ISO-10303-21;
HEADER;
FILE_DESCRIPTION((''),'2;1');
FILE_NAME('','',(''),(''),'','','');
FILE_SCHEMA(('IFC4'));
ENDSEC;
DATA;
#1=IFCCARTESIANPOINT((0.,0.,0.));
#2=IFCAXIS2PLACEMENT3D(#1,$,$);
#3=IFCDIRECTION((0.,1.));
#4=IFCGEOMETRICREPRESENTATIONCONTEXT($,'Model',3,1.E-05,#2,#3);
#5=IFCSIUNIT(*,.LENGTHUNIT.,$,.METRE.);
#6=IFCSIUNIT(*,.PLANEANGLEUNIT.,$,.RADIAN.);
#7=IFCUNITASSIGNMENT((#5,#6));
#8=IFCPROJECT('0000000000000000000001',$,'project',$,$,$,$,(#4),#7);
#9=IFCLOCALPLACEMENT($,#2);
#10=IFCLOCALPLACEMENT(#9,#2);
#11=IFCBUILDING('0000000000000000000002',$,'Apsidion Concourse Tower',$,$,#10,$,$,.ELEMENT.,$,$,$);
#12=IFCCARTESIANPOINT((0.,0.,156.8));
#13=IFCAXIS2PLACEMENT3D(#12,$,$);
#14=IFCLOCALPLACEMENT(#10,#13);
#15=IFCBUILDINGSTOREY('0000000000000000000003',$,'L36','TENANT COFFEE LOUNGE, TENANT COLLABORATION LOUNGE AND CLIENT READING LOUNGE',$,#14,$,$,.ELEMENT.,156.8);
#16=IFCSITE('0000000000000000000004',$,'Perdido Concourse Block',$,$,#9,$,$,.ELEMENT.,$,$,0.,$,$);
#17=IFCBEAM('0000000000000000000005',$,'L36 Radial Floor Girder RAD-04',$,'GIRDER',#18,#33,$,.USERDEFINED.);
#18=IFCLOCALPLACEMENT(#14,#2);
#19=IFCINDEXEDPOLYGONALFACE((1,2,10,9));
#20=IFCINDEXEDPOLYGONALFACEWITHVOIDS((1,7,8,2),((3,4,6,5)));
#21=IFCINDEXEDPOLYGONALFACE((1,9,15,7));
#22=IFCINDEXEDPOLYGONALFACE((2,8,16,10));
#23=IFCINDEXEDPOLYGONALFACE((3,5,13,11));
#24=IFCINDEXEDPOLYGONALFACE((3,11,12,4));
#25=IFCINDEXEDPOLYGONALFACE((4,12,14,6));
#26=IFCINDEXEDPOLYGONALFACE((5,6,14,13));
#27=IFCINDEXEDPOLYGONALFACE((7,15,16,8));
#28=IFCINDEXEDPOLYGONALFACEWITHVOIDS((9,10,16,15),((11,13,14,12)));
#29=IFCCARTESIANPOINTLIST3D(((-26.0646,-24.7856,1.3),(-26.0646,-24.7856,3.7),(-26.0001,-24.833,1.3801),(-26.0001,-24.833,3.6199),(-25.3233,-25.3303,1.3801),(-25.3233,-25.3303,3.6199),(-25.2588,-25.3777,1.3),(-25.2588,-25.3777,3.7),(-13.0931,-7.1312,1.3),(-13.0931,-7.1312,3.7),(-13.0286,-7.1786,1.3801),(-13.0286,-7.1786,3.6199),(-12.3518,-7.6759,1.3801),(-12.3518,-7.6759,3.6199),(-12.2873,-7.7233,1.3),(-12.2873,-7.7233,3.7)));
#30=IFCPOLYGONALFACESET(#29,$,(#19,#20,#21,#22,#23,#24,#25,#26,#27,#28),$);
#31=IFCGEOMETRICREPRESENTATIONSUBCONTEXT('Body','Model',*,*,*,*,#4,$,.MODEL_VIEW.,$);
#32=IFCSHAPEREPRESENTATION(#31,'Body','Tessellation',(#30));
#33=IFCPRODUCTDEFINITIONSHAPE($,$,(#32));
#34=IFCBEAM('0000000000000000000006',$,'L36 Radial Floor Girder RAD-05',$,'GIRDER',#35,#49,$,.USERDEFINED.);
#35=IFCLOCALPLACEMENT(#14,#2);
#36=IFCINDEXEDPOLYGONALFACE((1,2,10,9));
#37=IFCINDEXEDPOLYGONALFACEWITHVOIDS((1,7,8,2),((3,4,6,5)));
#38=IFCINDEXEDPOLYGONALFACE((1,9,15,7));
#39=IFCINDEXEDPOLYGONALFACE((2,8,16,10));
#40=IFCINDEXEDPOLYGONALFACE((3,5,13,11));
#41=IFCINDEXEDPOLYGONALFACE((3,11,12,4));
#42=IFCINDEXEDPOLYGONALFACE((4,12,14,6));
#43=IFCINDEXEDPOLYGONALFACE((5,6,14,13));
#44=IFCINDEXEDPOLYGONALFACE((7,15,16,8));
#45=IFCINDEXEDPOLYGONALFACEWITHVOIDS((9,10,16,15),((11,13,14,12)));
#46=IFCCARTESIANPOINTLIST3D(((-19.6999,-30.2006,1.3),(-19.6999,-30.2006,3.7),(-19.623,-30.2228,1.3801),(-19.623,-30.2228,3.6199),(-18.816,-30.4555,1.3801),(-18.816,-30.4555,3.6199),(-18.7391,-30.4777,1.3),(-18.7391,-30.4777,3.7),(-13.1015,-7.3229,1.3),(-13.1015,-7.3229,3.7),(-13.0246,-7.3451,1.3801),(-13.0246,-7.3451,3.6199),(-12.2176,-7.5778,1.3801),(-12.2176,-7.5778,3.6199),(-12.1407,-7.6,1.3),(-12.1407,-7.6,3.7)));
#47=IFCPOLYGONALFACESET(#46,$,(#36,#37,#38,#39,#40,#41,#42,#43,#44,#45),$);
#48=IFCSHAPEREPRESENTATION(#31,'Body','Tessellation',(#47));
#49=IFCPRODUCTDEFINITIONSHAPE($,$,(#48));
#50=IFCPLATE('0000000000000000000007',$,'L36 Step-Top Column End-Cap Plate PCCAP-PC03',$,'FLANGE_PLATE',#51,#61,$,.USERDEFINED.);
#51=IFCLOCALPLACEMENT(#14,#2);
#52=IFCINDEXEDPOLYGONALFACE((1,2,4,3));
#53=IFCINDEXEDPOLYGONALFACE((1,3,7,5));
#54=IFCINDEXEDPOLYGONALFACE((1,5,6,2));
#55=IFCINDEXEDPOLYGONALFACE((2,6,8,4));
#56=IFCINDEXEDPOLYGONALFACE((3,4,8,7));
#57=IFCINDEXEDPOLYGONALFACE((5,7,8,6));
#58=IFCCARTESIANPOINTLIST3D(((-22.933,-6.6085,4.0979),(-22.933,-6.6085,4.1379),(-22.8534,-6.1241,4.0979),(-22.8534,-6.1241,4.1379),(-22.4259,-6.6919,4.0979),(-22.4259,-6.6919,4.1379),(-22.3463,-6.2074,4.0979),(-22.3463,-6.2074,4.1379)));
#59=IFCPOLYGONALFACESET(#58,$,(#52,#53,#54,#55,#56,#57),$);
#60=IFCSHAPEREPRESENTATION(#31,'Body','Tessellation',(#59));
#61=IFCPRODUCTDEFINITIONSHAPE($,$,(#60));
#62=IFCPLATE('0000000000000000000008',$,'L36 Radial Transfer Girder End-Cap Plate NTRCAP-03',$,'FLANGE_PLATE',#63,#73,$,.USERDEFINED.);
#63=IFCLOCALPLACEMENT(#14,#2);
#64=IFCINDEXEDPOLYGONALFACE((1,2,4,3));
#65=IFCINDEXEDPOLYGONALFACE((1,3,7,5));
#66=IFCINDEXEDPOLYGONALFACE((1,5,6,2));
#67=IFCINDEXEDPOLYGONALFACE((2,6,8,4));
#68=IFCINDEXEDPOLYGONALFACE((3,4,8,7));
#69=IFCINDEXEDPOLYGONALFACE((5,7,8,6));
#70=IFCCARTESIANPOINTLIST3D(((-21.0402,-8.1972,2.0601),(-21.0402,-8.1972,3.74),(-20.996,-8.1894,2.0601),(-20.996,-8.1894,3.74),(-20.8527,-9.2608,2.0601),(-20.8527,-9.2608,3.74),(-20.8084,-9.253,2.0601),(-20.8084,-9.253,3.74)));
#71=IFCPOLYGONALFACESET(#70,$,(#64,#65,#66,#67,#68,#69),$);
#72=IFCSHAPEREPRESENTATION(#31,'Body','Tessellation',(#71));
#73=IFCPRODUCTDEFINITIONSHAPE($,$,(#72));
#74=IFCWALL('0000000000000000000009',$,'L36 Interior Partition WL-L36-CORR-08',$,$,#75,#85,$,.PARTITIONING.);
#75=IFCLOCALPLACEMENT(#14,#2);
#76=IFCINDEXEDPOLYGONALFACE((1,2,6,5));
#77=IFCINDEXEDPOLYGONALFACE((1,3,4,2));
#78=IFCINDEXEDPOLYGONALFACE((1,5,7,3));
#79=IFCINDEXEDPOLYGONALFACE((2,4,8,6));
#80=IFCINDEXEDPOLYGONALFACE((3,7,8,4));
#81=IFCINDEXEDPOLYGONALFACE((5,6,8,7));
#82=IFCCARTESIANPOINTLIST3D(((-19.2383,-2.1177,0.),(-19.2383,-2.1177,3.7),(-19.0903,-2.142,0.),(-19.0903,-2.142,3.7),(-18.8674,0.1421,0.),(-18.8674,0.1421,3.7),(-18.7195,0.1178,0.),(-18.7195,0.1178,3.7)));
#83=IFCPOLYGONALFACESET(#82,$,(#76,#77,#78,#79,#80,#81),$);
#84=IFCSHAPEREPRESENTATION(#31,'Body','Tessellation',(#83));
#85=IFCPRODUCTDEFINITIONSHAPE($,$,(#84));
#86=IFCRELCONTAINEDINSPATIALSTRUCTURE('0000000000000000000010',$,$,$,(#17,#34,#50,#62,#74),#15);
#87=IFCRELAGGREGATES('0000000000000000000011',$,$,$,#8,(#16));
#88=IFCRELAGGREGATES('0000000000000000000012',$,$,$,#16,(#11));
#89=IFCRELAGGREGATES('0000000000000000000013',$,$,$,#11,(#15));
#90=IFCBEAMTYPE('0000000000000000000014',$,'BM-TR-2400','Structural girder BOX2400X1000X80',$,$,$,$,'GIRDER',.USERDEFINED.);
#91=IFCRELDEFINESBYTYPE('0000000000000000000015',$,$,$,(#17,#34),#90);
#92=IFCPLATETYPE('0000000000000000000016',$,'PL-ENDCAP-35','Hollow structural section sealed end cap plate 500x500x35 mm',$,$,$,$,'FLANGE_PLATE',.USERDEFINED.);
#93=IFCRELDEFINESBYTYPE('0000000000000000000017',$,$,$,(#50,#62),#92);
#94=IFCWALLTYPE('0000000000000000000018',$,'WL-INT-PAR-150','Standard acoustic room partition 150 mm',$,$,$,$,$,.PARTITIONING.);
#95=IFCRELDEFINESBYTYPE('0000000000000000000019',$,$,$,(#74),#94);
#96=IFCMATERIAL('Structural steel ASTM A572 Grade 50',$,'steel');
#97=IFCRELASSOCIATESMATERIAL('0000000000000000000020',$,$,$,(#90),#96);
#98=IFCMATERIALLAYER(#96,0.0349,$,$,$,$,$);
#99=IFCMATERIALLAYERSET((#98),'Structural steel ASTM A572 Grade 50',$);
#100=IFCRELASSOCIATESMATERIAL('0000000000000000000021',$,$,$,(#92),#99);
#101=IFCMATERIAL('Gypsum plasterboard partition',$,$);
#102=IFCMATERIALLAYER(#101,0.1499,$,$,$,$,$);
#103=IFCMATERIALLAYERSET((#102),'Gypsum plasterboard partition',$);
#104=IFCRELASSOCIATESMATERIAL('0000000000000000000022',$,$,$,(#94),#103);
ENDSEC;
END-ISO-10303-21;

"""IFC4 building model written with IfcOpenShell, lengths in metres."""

from ifc_helpers import new_model, si_unit, direction, frame, frame_2d, origin, origin_2d, place, context, subcontext, project, spatial, rectangle, hollow_rectangle, extrude, material, layer, layer_set, material_profile, profile_set, type_object, element, save


model = new_model("IFC4")

# Units and contexts
model_context = context("Model", 3, precision=1e-05, world=origin(), true_north=direction((0.0, 1.0)))
body_context = subcontext(model_context, "Body", "Model", "MODEL_VIEW")
ifc_project = project(units=[si_unit("LENGTHUNIT", "METRE"), si_unit("PLANEANGLEUNIT", "RADIAN")], contexts=[model_context])

# Site, building, storey
site_placement = place(None, origin())
site = spatial("IfcSite", under=ifc_project, at=site_placement, Name="Perdido Concourse Block", CompositionType="ELEMENT", RefElevation=0.0)
building_placement = place(site_placement, origin())
building = spatial("IfcBuilding", under=site, at=building_placement, Name="Apsidion Concourse Tower", CompositionType="ELEMENT")
storey_placement = place(building_placement, frame((0.0, 0.0, 156.8)))
storey = spatial("IfcBuildingStorey", under=building, at=storey_placement, Name="L36", Description="TENANT COFFEE LOUNGE, TENANT COLLABORATION LOUNGE AND CLIENT READING LOUNGE", CompositionType="ELEMENT", Elevation=156.8)

# Beams
ifc_material_1 = material(Name="Structural steel ASTM A572 Grade 50", Category="steel")
ifc_material_profile_1 = material_profile(ifc_material_1, hollow_rectangle(XDim=1.0, YDim=2.3999, WallThickness=0.0801, at=origin_2d()), Name="BOX2400X1000X80")
ifc_profile_set_1 = profile_set([ifc_material_profile_1], Name="Structural steel ASTM A572 Grade 50")
beam_type_1 = type_object("IfcBeamType", Name="BM-TR-2400", Description="Structural girder BOX2400X1000X80", ElementType="GIRDER", PredefinedType="USERDEFINED", material=ifc_profile_set_1)
beam_1_placement = place(storey_placement, frame((-12.6902, -7.4272, 2.5), z_axis=(-0.592104, -0.805862, 0.0), x_axis=(0.805862, -0.592104, 0.0)))
element("IfcBeam", 1, at=beam_1_placement, inside=storey, type_object=beam_type_1, Name="L36 Radial Floor Girder RAD-04", ObjectType="GIRDER", PredefinedType="USERDEFINED", context=body_context, shape_type="SweptSolid", body=[
    extrude(hollow_rectangle(XDim=1.0, YDim=2.3999, WallThickness=0.0801, at=origin_2d()), origin(), (0.0, 0.0, 1.0), 21.9075),
])
beam_2_placement = place(storey_placement, frame((-12.6211, -7.4614, 2.5), z_axis=(-0.277124, -0.960834, 0.0), x_axis=(0.960834, -0.277124, 0.0)))
element("IfcBeam", 2, at=beam_2_placement, inside=storey, type_object=beam_type_1, Name="L36 Radial Floor Girder RAD-05", ObjectType="GIRDER", PredefinedType="USERDEFINED", context=body_context, shape_type="SweptSolid", body=[
    extrude(hollow_rectangle(XDim=1.0, YDim=2.3999, WallThickness=0.0801, at=origin_2d()), origin(), (0.0, 0.0, 1.0), 23.8103),
])

# Plates
ifc_layer_1 = layer(ifc_material_1, 0.0349)
ifc_layer_set_1 = layer_set([ifc_layer_1], Name="Structural steel ASTM A572 Grade 50")
plate_type = type_object("IfcPlateType", Name="PL-ENDCAP-35", Description="Hollow structural section sealed end cap plate 500x500x35 mm", ElementType="FLANGE_PLATE", PredefinedType="USERDEFINED", material=ifc_layer_set_1)
plate_1_placement = place(storey_placement, frame((-22.6396, -6.408, 4.0979), z_axis=(0.0, 0.0, 1.0), x_axis=(0.162121, 0.986771, 0.0)))
element("IfcPlate", 3, at=plate_1_placement, inside=storey, type_object=plate_type, Name="L36 Step-Top Column End-Cap Plate PCCAP-PC03", ObjectType="FLANGE_PLATE", PredefinedType="USERDEFINED", context=body_context, shape_type="SweptSolid", body=[
    extrude(rectangle(XDim=0.491, YDim=0.5139, at=origin_2d()), origin(), (0.0, 0.0, 1.0), 0.04),
])
plate_2_placement = place(storey_placement, frame((-20.9243, -8.7251, 2.0601), z_axis=(0.0, 0.0, 1.0), x_axis=(-0.984808, -0.173648, 0.0)))
element("IfcPlate", 4, at=plate_2_placement, inside=storey, type_object=plate_type, Name="L36 Radial Transfer Girder End-Cap Plate NTRCAP-03", ObjectType="FLANGE_PLATE", PredefinedType="USERDEFINED", context=body_context, shape_type="SweptSolid", body=[
    extrude(rectangle(XDim=0.0449, YDim=1.0801, at=origin_2d()), origin(), (0.0, 0.0, 1.0), 1.6799),
])

# Wall
ifc_material_2 = material(Name="Gypsum plasterboard partition")
ifc_layer_2 = layer(ifc_material_2, 0.1499)
ifc_layer_set_2 = layer_set([ifc_layer_2], Name="Gypsum plasterboard partition")
wall_type = type_object("IfcWallType", Name="WL-INT-PAR-150", Description="Standard acoustic room partition 150 mm", PredefinedType="PARTITIONING", material=ifc_layer_set_2)
wall_placement = place(storey_placement, frame((-19.1643, -2.1299, 0.0), z_axis=(0.0, 0.0, 1.0), x_axis=(0.161944, 0.9868, 0.0)))
element("IfcWall", 5, at=wall_placement, inside=storey, type_object=wall_type, Name="L36 Interior Partition WL-L36-CORR-08", PredefinedType="PARTITIONING", context=body_context, shape_type="SweptSolid", body=[
    extrude(rectangle(XDim=2.29, YDim=0.1499, at=frame_2d((1.145, 0.0))), origin(), (0.0, 0.0, 1.0), 3.7),
])

save(model, "model.ifc")
